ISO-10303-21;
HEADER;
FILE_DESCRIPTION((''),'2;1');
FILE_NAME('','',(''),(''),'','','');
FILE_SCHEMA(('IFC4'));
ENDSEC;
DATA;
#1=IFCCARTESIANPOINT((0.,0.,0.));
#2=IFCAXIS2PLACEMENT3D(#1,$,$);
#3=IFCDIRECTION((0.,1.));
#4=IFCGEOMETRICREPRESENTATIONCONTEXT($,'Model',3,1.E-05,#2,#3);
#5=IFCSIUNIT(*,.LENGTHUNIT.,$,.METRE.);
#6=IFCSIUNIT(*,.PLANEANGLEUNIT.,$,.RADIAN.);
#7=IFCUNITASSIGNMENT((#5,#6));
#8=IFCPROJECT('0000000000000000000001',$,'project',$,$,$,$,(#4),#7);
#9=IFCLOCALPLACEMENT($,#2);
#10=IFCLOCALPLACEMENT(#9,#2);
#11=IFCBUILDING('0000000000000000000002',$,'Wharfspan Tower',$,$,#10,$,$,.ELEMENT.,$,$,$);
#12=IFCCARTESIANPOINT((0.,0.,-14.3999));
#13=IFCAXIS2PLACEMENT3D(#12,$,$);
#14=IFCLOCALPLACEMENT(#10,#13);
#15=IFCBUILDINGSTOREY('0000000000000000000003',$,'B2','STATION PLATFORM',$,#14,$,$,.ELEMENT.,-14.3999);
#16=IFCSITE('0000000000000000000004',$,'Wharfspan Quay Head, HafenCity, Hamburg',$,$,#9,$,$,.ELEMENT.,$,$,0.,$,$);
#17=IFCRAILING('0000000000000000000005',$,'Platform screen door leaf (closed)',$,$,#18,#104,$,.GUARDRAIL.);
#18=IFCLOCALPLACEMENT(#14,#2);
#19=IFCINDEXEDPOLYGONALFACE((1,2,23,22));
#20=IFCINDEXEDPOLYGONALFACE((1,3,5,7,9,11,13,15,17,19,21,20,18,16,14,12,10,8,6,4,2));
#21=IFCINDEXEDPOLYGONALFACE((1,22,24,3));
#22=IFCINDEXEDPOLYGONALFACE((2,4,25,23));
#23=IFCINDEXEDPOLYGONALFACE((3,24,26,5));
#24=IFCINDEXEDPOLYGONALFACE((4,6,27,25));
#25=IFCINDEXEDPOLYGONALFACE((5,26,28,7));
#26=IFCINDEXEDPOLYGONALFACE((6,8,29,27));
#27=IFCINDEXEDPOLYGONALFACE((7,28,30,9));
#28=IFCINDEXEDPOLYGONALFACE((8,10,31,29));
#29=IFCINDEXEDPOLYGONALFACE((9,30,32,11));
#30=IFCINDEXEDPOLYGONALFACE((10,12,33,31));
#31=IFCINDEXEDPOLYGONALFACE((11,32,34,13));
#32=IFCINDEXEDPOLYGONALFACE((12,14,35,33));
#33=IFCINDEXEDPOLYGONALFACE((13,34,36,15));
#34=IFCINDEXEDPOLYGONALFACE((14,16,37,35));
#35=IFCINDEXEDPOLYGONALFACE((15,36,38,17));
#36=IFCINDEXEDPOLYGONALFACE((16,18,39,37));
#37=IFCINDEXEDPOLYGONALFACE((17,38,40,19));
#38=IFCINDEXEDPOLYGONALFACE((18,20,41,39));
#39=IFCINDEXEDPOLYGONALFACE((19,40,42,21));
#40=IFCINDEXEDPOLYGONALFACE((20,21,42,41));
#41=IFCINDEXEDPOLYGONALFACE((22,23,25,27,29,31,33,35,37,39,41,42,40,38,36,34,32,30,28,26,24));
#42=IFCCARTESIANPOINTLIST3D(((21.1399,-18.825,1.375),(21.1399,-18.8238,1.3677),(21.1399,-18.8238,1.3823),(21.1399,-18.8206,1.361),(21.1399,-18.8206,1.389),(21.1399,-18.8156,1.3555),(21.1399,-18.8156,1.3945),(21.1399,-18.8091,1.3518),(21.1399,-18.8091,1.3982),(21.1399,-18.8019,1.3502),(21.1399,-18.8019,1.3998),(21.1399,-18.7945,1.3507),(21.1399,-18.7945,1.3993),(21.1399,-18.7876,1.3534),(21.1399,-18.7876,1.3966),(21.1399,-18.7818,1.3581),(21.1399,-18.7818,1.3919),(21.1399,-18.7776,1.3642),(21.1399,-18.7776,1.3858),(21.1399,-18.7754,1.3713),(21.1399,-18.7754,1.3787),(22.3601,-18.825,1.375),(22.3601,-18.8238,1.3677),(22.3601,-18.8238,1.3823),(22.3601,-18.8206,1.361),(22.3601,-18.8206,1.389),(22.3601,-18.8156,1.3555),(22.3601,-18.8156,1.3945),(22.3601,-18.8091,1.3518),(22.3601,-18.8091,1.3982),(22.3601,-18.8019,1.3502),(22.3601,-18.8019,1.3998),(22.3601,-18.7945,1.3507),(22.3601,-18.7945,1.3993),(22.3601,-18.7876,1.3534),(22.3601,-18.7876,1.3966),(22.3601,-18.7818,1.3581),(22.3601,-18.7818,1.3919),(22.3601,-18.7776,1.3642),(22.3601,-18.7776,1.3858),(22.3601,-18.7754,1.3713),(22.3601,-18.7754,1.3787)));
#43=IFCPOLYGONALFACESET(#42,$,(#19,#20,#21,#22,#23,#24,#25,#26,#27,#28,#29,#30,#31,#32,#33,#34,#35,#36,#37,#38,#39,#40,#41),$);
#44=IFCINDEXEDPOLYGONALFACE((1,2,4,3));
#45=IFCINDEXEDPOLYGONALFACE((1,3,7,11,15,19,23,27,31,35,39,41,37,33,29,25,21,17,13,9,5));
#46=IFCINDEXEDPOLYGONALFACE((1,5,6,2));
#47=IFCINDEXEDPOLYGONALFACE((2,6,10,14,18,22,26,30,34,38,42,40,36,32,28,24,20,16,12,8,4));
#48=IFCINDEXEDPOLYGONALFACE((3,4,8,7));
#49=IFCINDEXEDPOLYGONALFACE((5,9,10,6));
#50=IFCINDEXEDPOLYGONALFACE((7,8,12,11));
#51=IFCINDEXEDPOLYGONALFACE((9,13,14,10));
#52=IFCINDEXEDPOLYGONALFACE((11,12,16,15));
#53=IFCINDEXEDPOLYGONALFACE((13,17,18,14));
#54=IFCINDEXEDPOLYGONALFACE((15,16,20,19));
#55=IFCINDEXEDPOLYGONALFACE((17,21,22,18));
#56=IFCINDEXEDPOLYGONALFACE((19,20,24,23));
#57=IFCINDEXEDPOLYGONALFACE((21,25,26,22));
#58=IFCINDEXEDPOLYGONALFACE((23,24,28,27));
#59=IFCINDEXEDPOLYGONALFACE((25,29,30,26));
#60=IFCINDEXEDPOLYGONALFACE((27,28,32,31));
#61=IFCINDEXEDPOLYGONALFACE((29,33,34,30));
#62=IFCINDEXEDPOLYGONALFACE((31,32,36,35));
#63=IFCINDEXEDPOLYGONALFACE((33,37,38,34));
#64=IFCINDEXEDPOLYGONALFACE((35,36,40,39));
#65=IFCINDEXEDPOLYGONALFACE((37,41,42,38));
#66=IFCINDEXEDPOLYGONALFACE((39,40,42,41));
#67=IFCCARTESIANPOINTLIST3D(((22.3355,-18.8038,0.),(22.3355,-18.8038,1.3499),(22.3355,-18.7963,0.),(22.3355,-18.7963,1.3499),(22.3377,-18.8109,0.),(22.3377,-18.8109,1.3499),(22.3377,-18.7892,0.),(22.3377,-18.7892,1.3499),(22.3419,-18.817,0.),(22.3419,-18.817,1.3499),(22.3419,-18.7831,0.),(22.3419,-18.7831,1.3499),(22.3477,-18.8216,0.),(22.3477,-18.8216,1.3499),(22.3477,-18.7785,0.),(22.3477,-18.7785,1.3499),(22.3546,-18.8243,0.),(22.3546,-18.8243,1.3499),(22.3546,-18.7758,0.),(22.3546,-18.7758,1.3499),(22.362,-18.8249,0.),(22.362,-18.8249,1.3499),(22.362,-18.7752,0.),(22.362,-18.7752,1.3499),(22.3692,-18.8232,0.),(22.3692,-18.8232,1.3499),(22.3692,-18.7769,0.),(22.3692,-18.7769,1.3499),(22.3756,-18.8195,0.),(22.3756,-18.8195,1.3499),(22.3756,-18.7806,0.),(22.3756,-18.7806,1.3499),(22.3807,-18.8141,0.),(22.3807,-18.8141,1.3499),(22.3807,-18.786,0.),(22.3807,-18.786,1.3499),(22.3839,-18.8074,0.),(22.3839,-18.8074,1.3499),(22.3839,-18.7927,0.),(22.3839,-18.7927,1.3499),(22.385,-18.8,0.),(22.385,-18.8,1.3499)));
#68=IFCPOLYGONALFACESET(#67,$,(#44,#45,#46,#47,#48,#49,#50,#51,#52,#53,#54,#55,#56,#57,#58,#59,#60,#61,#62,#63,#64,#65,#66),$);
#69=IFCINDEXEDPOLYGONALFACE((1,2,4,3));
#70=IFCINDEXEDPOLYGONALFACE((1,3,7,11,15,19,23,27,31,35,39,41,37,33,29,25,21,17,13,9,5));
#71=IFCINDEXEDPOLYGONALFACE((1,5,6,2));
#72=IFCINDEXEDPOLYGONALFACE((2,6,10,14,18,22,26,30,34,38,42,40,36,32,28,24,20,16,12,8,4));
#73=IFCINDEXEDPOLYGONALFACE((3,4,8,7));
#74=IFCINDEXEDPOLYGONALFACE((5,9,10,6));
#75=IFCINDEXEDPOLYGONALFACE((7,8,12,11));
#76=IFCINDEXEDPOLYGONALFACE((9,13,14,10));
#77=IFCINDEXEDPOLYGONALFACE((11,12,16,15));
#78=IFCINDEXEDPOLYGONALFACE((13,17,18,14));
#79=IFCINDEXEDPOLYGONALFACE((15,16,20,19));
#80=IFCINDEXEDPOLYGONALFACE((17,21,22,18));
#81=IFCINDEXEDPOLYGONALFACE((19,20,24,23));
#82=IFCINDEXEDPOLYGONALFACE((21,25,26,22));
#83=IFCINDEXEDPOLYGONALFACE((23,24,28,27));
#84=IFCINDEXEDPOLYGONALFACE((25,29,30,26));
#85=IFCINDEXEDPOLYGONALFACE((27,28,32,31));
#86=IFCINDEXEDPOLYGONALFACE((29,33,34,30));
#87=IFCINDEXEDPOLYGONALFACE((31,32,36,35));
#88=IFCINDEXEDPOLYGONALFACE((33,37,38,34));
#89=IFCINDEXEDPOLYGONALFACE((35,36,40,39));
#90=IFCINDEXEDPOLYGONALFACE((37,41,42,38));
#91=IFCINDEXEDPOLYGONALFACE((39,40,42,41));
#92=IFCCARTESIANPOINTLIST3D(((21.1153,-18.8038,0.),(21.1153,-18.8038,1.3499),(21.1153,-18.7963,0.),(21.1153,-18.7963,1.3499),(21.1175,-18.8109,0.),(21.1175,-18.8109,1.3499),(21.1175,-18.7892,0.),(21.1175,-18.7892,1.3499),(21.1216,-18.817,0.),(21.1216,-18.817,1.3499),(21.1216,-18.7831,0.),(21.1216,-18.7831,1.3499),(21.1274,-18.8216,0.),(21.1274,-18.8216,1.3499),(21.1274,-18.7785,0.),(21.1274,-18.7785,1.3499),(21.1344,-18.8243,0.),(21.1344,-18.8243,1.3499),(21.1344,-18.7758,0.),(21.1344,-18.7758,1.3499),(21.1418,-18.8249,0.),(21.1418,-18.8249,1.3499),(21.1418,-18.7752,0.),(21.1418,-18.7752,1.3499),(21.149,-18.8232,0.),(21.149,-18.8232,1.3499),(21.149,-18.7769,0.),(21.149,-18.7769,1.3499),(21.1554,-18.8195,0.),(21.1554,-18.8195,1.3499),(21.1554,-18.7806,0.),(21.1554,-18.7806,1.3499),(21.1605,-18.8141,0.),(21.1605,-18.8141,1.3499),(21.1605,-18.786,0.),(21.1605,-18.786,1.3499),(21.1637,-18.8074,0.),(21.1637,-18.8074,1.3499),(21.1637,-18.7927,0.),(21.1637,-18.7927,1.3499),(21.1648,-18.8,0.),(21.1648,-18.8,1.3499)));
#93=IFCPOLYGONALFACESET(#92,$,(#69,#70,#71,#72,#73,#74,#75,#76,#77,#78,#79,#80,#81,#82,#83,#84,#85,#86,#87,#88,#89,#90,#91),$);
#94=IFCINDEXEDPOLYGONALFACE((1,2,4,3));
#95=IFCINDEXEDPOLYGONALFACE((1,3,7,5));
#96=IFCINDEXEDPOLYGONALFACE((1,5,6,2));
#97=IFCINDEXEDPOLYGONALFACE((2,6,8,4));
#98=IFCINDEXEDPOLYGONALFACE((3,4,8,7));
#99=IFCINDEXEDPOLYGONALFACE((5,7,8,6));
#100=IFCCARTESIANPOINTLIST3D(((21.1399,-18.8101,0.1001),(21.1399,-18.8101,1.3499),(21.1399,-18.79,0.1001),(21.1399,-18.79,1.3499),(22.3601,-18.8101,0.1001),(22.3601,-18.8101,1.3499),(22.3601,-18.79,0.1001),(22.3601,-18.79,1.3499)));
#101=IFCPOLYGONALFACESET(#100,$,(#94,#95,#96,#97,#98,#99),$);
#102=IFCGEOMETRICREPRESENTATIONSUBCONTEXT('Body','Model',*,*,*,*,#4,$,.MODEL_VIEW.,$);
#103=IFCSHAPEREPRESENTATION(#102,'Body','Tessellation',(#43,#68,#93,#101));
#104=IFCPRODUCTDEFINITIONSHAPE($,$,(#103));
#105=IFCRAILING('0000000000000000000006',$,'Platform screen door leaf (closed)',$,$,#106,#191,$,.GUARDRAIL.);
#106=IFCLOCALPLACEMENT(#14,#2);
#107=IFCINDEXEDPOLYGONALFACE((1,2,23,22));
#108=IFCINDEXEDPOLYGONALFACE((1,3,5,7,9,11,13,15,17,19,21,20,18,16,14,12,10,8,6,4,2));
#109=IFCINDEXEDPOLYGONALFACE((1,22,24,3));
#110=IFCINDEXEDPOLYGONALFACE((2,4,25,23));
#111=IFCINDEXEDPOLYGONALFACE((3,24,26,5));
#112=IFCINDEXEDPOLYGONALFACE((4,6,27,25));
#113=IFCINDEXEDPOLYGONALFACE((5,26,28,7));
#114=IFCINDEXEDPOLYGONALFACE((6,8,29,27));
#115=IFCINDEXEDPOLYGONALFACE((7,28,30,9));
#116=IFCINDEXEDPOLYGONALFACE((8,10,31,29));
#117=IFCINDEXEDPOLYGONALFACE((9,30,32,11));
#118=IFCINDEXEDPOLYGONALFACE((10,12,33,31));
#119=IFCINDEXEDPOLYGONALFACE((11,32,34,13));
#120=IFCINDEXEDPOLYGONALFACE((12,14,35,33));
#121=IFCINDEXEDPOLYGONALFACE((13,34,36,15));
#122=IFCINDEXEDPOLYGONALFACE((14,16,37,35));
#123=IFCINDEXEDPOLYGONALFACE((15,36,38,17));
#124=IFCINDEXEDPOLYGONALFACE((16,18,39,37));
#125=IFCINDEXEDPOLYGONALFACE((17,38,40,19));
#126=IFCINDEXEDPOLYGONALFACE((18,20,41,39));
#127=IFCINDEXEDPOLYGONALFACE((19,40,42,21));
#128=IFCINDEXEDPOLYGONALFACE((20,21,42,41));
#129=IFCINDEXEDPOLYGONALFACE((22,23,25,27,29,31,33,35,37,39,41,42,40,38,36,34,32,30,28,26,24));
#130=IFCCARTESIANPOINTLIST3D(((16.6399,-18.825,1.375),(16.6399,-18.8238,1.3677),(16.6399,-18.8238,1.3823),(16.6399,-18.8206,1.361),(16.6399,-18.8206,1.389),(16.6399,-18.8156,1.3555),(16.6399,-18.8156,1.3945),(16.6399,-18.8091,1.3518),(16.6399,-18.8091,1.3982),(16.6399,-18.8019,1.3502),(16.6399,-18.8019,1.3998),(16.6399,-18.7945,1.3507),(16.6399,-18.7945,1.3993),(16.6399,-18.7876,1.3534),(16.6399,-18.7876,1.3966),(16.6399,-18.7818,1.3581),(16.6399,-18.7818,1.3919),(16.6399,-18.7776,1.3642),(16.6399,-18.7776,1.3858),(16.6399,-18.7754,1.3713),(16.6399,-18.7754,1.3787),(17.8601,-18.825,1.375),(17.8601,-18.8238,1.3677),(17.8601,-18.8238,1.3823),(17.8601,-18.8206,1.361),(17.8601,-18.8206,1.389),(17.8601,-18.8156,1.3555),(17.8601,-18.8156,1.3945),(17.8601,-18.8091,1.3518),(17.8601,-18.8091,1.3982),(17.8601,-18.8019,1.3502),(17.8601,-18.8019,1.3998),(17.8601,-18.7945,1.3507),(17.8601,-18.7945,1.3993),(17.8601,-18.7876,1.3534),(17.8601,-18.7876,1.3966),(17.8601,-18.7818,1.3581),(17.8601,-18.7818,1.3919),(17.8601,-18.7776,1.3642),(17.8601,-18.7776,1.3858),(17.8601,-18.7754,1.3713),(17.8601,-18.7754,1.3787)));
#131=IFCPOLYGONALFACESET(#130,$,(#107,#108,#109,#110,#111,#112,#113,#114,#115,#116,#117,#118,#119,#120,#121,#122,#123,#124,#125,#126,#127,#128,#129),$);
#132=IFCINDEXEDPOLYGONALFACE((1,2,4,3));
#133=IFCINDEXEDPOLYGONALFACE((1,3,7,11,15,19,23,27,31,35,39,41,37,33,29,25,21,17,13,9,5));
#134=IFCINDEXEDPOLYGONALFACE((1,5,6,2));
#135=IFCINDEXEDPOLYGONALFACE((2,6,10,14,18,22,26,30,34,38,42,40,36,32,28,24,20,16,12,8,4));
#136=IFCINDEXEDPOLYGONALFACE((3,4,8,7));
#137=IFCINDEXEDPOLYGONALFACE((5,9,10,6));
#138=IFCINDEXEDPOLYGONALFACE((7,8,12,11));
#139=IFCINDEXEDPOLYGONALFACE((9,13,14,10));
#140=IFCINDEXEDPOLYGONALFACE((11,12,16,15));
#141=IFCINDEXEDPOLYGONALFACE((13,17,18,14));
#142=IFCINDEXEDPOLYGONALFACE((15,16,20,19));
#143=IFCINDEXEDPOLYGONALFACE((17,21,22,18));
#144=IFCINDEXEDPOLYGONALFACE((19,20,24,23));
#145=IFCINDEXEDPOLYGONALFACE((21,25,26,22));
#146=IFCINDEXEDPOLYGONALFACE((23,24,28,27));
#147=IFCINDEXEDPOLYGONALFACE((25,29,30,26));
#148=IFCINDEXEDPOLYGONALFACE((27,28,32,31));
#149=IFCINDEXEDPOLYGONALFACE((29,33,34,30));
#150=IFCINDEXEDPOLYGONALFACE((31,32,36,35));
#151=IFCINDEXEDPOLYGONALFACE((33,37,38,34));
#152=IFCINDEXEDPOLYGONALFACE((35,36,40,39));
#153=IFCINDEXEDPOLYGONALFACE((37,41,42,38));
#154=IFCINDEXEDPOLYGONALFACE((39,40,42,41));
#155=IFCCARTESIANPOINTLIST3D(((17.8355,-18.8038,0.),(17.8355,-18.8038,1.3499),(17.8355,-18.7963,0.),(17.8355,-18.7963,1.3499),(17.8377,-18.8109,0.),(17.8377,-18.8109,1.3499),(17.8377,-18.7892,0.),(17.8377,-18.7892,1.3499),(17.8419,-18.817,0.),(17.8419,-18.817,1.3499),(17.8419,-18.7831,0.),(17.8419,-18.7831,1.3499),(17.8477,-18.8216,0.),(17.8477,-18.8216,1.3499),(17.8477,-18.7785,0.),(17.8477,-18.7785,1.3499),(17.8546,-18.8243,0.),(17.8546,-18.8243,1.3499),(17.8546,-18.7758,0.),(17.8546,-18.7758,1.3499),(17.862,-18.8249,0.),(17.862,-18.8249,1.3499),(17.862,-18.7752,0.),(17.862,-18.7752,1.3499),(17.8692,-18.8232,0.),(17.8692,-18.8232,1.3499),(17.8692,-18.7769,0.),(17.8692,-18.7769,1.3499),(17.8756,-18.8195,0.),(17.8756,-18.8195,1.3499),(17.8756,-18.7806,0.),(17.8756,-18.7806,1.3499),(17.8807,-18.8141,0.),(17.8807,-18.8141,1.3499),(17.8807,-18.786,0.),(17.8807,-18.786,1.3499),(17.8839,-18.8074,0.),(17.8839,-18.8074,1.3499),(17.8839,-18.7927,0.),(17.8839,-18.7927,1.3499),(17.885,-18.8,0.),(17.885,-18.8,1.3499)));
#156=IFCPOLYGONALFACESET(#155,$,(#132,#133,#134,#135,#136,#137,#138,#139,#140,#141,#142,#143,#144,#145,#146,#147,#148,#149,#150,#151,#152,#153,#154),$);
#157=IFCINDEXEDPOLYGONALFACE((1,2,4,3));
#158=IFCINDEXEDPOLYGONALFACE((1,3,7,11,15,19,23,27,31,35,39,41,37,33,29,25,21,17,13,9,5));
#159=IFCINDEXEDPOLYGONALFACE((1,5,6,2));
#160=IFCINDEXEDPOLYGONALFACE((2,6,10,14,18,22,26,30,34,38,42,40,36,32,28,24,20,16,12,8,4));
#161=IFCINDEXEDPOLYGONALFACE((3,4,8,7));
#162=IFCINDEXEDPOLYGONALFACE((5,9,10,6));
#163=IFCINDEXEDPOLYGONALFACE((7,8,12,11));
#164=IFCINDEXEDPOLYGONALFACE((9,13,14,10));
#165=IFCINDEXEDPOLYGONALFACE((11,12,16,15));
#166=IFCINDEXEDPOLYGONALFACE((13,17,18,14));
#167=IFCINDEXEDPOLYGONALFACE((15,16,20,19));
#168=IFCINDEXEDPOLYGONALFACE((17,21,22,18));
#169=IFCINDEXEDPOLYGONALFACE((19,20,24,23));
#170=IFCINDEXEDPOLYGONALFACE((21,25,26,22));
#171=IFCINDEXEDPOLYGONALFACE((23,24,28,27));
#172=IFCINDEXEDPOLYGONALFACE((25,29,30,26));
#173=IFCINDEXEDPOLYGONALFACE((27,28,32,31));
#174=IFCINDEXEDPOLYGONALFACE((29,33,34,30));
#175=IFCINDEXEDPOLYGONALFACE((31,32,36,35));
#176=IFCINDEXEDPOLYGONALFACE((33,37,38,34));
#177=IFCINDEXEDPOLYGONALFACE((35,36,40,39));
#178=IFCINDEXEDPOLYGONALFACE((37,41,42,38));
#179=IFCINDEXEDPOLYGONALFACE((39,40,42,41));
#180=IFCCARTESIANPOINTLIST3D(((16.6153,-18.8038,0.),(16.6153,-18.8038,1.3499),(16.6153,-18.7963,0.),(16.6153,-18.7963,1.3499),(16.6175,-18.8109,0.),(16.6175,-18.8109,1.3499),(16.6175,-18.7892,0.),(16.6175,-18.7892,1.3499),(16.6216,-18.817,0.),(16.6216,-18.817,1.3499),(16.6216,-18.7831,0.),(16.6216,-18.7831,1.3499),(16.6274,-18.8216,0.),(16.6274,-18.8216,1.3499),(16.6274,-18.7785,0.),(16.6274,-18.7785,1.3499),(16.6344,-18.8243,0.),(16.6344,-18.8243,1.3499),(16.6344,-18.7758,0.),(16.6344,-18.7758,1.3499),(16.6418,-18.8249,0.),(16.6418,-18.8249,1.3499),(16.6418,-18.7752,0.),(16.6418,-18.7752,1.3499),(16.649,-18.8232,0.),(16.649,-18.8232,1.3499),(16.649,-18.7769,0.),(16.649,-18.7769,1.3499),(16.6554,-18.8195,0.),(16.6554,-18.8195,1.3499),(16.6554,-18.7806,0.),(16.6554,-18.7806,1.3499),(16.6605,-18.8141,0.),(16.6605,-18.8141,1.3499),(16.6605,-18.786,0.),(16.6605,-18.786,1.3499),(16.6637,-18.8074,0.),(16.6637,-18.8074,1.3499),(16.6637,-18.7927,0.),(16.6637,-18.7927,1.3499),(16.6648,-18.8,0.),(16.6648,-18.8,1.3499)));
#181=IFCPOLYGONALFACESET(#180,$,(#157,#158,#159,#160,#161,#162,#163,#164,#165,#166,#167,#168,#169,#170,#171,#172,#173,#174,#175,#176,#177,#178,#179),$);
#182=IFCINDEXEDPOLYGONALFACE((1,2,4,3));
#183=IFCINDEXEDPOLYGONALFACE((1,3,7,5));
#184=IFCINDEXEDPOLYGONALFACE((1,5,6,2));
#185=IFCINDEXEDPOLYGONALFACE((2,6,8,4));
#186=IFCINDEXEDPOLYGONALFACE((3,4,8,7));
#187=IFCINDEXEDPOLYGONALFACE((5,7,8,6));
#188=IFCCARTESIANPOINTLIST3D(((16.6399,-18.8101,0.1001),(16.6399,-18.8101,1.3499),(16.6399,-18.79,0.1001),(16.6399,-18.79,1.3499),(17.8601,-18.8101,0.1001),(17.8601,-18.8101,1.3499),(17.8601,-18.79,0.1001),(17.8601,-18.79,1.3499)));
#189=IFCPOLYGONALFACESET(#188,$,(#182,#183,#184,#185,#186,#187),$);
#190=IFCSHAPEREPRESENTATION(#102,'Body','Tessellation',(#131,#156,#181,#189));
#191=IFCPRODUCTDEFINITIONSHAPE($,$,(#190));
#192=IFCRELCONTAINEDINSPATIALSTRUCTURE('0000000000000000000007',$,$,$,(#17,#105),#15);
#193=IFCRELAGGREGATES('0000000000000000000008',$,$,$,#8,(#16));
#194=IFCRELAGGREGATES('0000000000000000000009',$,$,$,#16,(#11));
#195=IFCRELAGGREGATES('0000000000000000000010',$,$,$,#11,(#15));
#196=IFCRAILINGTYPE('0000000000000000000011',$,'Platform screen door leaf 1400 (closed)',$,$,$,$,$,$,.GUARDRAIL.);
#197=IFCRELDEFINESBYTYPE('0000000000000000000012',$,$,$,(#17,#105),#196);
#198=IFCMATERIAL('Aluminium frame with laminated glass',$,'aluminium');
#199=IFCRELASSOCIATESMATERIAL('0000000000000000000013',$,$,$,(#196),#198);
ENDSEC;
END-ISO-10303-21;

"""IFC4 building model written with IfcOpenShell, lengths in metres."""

from ifc_helpers import new_model, si_unit, direction, frame, origin, origin_2d, place, context, subcontext, project, spatial, rectangle, circle, extrude, material, type_object, element, save


model = new_model("IFC4")

# Units and contexts
model_context = context("Model", 3, precision=1e-05, world=origin(), true_north=direction((0.0, 1.0)))
body_context = subcontext(model_context, "Body", "Model", "MODEL_VIEW")
ifc_project = project(units=[si_unit("LENGTHUNIT", "METRE"), si_unit("PLANEANGLEUNIT", "RADIAN")], contexts=[model_context])

# Site, building, storey
site_placement = place(None, origin())
site = spatial("IfcSite", under=ifc_project, at=site_placement, Name="Wharfspan Quay Head, HafenCity, Hamburg", CompositionType="ELEMENT", RefElevation=0.0)
building_placement = place(site_placement, origin())
building = spatial("IfcBuilding", under=site, at=building_placement, Name="Wharfspan Tower", CompositionType="ELEMENT")
storey_placement = place(building_placement, frame((0.0, 0.0, -14.3999)))
storey = spatial("IfcBuildingStorey", under=building, at=storey_placement, Name="B2", Description="STATION PLATFORM", CompositionType="ELEMENT", Elevation=-14.3999)

# Railings
ifc_material_1 = material(Name="Aluminium frame with laminated glass", Category="aluminium")
railing_type_1 = type_object("IfcRailingType", Name="Platform screen door leaf 1400 (closed)", PredefinedType="GUARDRAIL", material=ifc_material_1)
for number, where, name in (
    (1, (22.3601, -18.8, 0.0), "Platform screen door leaf (closed)"),
    (2, (17.8601, -18.8, 0.0), "Platform screen door leaf (closed)"),
):
    element("IfcRailing", number, at=place(storey_placement, frame(where)), inside=storey, type_object=railing_type_1, Name=name, PredefinedType="GUARDRAIL", context=body_context, shape_type="SweptSolid", body=[
        extrude(circle(Radius=0.0249, at=origin_2d()), frame((0.0, 0.0, 1.375), z_axis=(-1.0, 0.0, 0.0), x_axis=(0.0, -1.0, 0.0)), (0.0, 0.0, 1.0), 1.2202),
        extrude(circle(Radius=0.0249, at=origin_2d()), origin(), (0.0, 0.0, 1.0), 1.3499),
        extrude(circle(Radius=0.0249, at=origin_2d()), frame((-1.2202, 0.0, 0.0)), (0.0, 0.0, 1.0), 1.3499),
        extrude(rectangle(XDim=1.2202, YDim=0.02, at=origin_2d()), frame((-0.6101, 0.0, 0.1001), z_axis=(0.0, 0.0, 1.0), x_axis=(-1.0, 0.0, 0.0)), (0.0, 0.0, 1.0), 1.2498),
    ])

save(model, "model.ifc")
